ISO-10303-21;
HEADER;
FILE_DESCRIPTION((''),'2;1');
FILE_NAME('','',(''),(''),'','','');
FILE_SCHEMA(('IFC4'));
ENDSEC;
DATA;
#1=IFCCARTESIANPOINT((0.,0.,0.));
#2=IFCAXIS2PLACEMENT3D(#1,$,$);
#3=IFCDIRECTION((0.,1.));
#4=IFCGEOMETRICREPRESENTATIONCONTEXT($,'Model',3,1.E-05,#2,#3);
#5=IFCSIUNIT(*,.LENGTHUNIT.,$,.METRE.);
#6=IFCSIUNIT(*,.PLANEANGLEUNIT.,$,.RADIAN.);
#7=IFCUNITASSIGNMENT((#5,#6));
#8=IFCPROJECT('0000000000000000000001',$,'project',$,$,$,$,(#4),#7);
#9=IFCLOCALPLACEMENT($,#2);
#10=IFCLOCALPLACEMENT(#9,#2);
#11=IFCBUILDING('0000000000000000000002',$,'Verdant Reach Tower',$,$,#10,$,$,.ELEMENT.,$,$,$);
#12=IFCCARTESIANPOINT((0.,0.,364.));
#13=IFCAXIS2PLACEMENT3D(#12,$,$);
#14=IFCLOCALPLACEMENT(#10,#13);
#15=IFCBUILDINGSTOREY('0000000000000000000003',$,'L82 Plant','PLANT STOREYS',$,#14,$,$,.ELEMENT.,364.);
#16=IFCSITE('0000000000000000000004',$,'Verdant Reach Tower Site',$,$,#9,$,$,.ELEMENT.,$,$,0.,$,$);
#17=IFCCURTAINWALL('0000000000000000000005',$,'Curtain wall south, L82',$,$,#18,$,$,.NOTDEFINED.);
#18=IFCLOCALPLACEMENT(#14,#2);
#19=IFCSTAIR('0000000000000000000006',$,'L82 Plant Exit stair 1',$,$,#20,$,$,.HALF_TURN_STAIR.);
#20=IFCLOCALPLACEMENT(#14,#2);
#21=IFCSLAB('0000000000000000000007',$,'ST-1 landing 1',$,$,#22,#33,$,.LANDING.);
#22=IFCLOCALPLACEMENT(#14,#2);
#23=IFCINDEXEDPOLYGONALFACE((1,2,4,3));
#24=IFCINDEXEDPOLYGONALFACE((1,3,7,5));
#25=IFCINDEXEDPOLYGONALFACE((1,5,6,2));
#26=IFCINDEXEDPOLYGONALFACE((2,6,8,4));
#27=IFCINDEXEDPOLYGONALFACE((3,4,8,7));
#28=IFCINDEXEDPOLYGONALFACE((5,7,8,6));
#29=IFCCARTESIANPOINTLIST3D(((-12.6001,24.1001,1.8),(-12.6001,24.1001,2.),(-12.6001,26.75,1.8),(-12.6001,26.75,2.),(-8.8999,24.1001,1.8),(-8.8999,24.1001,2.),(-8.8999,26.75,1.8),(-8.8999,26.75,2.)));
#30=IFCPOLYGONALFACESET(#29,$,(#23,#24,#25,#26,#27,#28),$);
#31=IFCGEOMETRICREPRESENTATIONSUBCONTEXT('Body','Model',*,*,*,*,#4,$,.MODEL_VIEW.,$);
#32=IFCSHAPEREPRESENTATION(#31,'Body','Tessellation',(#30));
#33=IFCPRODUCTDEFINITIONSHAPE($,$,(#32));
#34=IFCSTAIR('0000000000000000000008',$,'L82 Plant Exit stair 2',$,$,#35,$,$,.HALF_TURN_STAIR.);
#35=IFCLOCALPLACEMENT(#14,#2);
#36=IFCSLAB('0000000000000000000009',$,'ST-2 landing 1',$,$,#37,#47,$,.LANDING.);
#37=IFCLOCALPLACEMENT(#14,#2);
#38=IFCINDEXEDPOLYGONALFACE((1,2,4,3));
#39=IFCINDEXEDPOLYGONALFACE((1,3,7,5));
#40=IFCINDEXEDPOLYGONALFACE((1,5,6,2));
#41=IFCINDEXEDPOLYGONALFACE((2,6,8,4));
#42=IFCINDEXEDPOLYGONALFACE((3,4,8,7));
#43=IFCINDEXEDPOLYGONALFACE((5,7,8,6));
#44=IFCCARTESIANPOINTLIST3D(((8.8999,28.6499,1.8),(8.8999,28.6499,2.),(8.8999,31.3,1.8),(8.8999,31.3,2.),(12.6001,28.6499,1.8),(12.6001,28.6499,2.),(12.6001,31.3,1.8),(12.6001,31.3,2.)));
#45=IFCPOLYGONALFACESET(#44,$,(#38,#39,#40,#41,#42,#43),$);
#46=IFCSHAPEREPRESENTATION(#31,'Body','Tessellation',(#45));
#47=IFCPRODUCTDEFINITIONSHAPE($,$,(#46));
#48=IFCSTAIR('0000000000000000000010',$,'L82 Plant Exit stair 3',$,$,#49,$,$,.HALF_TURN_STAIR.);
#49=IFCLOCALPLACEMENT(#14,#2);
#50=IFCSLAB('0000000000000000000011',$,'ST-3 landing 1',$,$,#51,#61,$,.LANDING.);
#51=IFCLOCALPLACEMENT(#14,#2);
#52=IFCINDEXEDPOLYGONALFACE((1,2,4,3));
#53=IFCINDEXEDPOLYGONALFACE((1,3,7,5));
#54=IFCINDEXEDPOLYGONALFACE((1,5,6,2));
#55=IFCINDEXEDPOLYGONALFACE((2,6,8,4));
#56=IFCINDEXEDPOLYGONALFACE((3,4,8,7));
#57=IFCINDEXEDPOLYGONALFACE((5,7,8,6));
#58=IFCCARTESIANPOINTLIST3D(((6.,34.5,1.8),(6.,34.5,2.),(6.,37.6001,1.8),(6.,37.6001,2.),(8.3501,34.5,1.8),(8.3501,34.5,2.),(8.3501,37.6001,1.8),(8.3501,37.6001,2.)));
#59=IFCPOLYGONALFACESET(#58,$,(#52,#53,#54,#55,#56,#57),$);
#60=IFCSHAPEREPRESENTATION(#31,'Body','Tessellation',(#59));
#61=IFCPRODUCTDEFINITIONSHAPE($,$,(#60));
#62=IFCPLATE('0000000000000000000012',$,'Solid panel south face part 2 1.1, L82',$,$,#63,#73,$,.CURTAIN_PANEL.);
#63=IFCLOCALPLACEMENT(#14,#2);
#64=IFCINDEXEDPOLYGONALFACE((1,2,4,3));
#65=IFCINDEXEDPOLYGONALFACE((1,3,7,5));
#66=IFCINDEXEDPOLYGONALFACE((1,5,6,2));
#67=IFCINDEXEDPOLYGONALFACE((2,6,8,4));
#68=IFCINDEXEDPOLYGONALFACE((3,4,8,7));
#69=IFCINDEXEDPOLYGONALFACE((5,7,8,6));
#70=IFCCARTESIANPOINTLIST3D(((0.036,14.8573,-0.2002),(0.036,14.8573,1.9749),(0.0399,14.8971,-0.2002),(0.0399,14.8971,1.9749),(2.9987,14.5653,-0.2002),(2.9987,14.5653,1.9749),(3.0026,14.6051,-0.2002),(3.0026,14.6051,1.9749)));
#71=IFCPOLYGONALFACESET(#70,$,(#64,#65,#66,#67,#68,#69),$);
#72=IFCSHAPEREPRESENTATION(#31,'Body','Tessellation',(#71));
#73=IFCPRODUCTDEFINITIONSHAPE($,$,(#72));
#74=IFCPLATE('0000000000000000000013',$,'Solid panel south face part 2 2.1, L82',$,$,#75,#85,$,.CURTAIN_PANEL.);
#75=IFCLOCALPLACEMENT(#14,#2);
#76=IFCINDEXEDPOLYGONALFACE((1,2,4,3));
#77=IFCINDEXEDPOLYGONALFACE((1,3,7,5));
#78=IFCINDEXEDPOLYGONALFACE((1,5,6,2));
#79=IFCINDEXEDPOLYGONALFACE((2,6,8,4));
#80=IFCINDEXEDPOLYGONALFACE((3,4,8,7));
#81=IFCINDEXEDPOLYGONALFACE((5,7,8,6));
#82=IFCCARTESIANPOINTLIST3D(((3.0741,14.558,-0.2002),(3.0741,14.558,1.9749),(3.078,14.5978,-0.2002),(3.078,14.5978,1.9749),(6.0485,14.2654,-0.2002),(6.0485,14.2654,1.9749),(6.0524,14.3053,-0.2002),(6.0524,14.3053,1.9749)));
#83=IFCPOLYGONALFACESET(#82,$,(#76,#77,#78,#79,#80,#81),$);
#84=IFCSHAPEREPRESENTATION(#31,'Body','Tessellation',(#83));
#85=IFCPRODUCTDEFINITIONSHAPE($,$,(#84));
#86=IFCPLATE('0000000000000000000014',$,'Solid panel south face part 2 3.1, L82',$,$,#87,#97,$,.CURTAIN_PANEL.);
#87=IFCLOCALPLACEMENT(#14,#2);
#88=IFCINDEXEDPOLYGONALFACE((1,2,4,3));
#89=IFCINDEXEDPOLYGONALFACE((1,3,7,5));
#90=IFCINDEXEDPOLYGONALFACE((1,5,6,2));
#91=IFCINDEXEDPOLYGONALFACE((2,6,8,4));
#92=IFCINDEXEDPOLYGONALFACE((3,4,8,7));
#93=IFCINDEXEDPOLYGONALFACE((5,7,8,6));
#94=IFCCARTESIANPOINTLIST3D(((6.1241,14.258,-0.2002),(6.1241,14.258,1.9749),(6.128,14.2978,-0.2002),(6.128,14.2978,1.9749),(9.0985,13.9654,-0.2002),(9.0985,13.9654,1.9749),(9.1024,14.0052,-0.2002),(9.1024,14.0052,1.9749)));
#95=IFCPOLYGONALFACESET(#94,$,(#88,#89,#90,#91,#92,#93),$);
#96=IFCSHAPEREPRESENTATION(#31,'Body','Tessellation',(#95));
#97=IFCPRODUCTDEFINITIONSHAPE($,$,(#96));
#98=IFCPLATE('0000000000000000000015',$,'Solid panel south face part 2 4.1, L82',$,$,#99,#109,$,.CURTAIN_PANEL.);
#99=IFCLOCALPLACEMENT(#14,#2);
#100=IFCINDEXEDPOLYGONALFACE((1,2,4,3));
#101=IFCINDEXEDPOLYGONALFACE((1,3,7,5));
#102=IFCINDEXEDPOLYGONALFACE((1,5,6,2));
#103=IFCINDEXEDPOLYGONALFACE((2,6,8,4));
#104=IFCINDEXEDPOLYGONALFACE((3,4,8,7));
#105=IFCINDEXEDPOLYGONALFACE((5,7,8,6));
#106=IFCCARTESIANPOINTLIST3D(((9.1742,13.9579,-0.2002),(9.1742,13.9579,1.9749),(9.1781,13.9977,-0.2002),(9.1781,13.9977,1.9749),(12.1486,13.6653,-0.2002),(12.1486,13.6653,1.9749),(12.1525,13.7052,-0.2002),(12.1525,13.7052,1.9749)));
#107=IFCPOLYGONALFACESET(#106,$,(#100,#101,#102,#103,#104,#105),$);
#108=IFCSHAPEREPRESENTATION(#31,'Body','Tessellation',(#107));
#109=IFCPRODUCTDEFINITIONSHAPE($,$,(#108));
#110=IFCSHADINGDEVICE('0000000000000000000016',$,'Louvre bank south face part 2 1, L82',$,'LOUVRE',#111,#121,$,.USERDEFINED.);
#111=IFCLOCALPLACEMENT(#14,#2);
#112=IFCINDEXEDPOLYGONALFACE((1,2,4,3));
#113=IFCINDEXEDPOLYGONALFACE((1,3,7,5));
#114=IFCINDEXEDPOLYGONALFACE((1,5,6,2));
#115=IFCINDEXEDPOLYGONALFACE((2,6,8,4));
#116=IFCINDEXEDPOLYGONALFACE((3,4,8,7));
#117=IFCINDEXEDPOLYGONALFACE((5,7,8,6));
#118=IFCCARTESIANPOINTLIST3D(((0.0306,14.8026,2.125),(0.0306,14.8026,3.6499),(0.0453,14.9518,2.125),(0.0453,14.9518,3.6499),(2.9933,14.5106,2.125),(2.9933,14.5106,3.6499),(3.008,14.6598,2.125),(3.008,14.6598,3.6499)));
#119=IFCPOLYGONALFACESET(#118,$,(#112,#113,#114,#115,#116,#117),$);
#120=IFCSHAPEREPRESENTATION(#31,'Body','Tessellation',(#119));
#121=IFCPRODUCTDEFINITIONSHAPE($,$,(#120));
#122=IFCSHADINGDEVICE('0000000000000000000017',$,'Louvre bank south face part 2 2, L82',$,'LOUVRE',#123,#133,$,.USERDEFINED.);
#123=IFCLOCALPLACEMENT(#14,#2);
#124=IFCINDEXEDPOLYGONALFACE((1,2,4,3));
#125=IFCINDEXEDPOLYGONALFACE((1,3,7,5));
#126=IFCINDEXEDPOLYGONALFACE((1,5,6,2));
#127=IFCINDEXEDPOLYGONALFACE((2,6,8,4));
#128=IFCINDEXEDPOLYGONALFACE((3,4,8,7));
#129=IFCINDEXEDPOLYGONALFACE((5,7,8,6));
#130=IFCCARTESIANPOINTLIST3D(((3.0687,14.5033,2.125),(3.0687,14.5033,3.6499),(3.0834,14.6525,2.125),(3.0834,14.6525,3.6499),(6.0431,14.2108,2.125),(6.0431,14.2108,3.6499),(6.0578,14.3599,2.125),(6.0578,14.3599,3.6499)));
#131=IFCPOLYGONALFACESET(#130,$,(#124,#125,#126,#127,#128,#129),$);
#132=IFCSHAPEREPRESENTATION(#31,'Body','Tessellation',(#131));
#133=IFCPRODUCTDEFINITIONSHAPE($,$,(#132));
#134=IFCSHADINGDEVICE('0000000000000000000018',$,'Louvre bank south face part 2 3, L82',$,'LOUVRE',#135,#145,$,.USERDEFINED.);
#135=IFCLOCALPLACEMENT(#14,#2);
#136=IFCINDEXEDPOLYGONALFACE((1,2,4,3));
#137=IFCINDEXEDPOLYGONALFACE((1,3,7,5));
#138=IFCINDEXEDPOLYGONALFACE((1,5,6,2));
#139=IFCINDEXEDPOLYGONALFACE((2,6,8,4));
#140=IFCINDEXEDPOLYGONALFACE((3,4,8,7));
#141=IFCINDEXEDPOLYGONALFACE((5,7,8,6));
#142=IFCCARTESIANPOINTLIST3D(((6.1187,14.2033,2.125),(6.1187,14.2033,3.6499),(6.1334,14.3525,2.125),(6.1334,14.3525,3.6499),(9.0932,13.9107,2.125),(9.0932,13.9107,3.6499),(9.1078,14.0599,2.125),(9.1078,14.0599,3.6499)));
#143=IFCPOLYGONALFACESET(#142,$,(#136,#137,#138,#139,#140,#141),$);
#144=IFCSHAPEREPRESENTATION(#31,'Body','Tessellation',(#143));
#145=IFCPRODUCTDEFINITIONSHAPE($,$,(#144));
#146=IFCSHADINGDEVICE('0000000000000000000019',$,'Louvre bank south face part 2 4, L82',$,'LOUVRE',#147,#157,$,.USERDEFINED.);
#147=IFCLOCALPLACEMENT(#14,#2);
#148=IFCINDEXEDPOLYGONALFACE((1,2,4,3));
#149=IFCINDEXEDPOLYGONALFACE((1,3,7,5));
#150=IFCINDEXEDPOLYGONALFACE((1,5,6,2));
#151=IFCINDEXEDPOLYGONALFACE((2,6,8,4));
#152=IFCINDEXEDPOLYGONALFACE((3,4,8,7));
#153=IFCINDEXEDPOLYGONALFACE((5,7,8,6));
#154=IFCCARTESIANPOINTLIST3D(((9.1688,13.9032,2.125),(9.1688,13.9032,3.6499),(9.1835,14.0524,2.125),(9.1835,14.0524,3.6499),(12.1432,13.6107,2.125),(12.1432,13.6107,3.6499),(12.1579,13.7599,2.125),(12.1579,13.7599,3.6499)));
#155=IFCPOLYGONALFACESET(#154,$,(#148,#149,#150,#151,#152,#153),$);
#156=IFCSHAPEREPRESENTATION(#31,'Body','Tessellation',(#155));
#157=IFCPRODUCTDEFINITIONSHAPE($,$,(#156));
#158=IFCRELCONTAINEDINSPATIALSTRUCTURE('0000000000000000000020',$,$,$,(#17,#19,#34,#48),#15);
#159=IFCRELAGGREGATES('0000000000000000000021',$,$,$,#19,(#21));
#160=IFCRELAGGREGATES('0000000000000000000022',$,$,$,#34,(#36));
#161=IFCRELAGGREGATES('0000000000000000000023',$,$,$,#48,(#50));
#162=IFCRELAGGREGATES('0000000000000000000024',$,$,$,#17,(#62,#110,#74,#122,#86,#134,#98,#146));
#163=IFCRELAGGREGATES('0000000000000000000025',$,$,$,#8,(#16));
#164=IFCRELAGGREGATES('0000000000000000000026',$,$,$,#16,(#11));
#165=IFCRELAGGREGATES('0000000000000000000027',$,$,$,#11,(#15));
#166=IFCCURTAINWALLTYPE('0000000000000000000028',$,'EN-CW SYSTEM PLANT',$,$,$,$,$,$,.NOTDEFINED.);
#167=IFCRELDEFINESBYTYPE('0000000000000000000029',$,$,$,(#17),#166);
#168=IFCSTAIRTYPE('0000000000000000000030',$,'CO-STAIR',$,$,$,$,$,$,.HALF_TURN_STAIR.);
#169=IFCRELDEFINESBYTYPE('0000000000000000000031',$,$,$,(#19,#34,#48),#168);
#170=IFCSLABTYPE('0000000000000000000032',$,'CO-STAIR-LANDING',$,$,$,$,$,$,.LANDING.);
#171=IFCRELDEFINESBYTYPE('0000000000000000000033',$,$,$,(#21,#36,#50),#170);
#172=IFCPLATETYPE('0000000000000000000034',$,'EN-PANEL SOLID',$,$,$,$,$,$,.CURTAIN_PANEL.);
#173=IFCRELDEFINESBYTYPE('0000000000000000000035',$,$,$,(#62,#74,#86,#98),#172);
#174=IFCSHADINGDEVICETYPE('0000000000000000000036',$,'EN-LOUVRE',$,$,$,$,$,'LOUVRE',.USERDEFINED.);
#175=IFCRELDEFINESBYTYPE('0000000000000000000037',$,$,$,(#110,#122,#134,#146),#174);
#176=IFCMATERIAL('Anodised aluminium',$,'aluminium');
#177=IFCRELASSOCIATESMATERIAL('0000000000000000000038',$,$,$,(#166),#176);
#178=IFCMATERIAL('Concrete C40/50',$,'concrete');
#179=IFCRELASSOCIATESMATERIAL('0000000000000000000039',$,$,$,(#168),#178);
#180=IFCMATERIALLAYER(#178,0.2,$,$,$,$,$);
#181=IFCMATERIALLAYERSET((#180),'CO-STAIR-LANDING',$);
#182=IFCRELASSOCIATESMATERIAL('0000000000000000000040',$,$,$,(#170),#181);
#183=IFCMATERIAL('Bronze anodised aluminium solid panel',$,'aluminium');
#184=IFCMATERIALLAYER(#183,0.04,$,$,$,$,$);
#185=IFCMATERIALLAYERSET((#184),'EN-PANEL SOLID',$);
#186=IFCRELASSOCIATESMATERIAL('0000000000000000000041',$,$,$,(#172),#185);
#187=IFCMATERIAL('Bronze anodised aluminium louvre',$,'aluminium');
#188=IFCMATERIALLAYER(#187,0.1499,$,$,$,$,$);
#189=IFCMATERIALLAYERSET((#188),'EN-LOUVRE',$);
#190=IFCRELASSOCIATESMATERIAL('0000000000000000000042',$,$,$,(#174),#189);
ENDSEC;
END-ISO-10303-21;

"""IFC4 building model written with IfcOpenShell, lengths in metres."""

from ifc_helpers import new_model, si_unit, direction, frame, origin, origin_2d, place, context, subcontext, project, spatial, polyline, rectangle, outline, extrude, material, layer, layer_set, type_object, element, aggregate, save


model = new_model("IFC4")

# Units and contexts
model_context = context("Model", 3, precision=1e-05, world=origin(), true_north=direction((0.0, 1.0)))
body_context = subcontext(model_context, "Body", "Model", "MODEL_VIEW")
ifc_project = project(units=[si_unit("LENGTHUNIT", "METRE"), si_unit("PLANEANGLEUNIT", "RADIAN")], contexts=[model_context])

# Site, building, storey
site_placement = place(None, origin())
site = spatial("IfcSite", under=ifc_project, at=site_placement, Name="Verdant Reach Tower Site", CompositionType="ELEMENT", RefElevation=0.0)
building_placement = place(site_placement, origin())
building = spatial("IfcBuilding", under=site, at=building_placement, Name="Verdant Reach Tower", CompositionType="ELEMENT")
storey_placement = place(building_placement, frame((0.0, 0.0, 364.0)))
storey = spatial("IfcBuildingStorey", under=building, at=storey_placement, Name="L82 Plant", Description="PLANT STOREYS", CompositionType="ELEMENT", Elevation=364.0)

# Curtain wall
ifc_material_1 = material(Name="Anodised aluminium", Category="aluminium")
curtain_wall_type = type_object("IfcCurtainWallType", Name="EN-CW SYSTEM PLANT", PredefinedType="NOTDEFINED", material=ifc_material_1)
curtain_wall_placement = place(storey_placement, origin())
curtain_wall = element("IfcCurtainWall", 1, at=curtain_wall_placement, inside=storey, type_object=curtain_wall_type, Name="Curtain wall south, L82", PredefinedType="NOTDEFINED")

# Stairs, slabs
ifc_material_2 = material(Name="Concrete C40/50", Category="concrete")
stair_type = type_object("IfcStairType", Name="CO-STAIR", PredefinedType="HALF_TURN_STAIR", material=ifc_material_2)
stair_1_placement = place(storey_placement, origin())
stair_1 = element("IfcStair", 2, at=stair_1_placement, inside=storey, type_object=stair_type, Name="L82 Plant Exit stair 1", PredefinedType="HALF_TURN_STAIR")
ifc_layer_1 = layer(ifc_material_2, 0.2)
ifc_layer_set_1 = layer_set([ifc_layer_1], Name="CO-STAIR-LANDING")
slab_type = type_object("IfcSlabType", Name="CO-STAIR-LANDING", PredefinedType="LANDING", material=ifc_layer_set_1)
slab_1_placement = place(storey_placement, frame((0.0, 0.0, 1.8)))
slab_1 = element("IfcSlab", 3, at=slab_1_placement, type_object=slab_type, Name="ST-1 landing 1", PredefinedType="LANDING", context=body_context, shape_type="SweptSolid", body=[
    extrude(outline(polyline([(-12.6001, 26.75), (-12.6001, 24.1001), (-8.8999, 24.1001), (-8.8999, 26.75), (-12.6001, 26.75)])), origin(), (0.0, 0.0, 1.0), 0.2),
])
aggregate(stair_1, [slab_1])
stair_2_placement = place(storey_placement, origin())
stair_2 = element("IfcStair", 4, at=stair_2_placement, inside=storey, type_object=stair_type, Name="L82 Plant Exit stair 2", PredefinedType="HALF_TURN_STAIR")
slab_2_placement = place(storey_placement, frame((0.0, 0.0, 1.8)))
slab_2 = element("IfcSlab", 5, at=slab_2_placement, type_object=slab_type, Name="ST-2 landing 1", PredefinedType="LANDING", context=body_context, shape_type="SweptSolid", body=[
    extrude(outline(polyline([(12.6001, 28.6499), (12.6001, 31.3), (8.8999, 31.3), (8.8999, 28.6499), (12.6001, 28.6499)])), origin(), (0.0, 0.0, 1.0), 0.2),
])
aggregate(stair_2, [slab_2])
stair_3_placement = place(storey_placement, origin())
stair_3 = element("IfcStair", 6, at=stair_3_placement, inside=storey, type_object=stair_type, Name="L82 Plant Exit stair 3", PredefinedType="HALF_TURN_STAIR")
slab_3_placement = place(storey_placement, frame((0.0, 0.0, 1.8)))
slab_3 = element("IfcSlab", 7, at=slab_3_placement, type_object=slab_type, Name="ST-3 landing 1", PredefinedType="LANDING", context=body_context, shape_type="SweptSolid", body=[
    extrude(outline(polyline([(8.3501, 37.6001), (6.0, 37.6001), (6.0, 34.5), (8.3501, 34.5), (8.3501, 37.6001)])), origin(), (0.0, 0.0, 1.0), 0.2),
])
aggregate(stair_3, [slab_3])

# Plates
ifc_material_3 = material(Name="Bronze anodised aluminium solid panel", Category="aluminium")
ifc_layer_2 = layer(ifc_material_3, 0.04)
ifc_layer_set_2 = layer_set([ifc_layer_2], Name="EN-PANEL SOLID")
plate_type = type_object("IfcPlateType", Name="EN-PANEL SOLID", PredefinedType="CURTAIN_PANEL", material=ifc_layer_set_2)
plate_1_placement = place(storey_placement, frame((1.5193, 14.7312, -0.2002), z_axis=(0.0, 0.0, 1.0), x_axis=(0.995179, -0.098075, 0.0)))
plate_1 = element("IfcPlate", 8, at=plate_1_placement, type_object=plate_type, Name="Solid panel south face part 2 1.1, L82", PredefinedType="CURTAIN_PANEL", context=body_context, shape_type="SweptSolid", body=[
    extrude(rectangle(XDim=2.9771, YDim=0.04, at=origin_2d()), origin(), (0.0, 0.0, 1.0), 2.175),
])
plate_2_placement = place(storey_placement, frame((4.5632, 14.4316, -0.2002), z_axis=(0.0, 0.0, 1.0), x_axis=(0.995197, -0.097888, 0.0)))
plate_2 = element("IfcPlate", 9, at=plate_2_placement, type_object=plate_type, Name="Solid panel south face part 2 2.1, L82", PredefinedType="CURTAIN_PANEL", context=body_context, shape_type="SweptSolid", body=[
    extrude(rectangle(XDim=2.9888, YDim=0.04, at=origin_2d()), origin(), (0.0, 0.0, 1.0), 2.175),
])
plate_3_placement = place(storey_placement, frame((7.6133, 14.1316, -0.2002), z_axis=(0.0, 0.0, 1.0), x_axis=(0.995197, -0.097888, 0.0)))
plate_3 = element("IfcPlate", 10, at=plate_3_placement, type_object=plate_type, Name="Solid panel south face part 2 3.1, L82", PredefinedType="CURTAIN_PANEL", context=body_context, shape_type="SweptSolid", body=[
    extrude(rectangle(XDim=2.9888, YDim=0.04, at=origin_2d()), origin(), (0.0, 0.0, 1.0), 2.175),
])
plate_4_placement = place(storey_placement, frame((10.6633, 13.8315, -0.2002), z_axis=(0.0, 0.0, 1.0), x_axis=(0.995197, -0.097888, 0.0)))
plate_4 = element("IfcPlate", 11, at=plate_4_placement, type_object=plate_type, Name="Solid panel south face part 2 4.1, L82", PredefinedType="CURTAIN_PANEL", context=body_context, shape_type="SweptSolid", body=[
    extrude(rectangle(XDim=2.9888, YDim=0.04, at=origin_2d()), origin(), (0.0, 0.0, 1.0), 2.175),
])

# Shading devices
ifc_material_4 = material(Name="Bronze anodised aluminium louvre", Category="aluminium")
ifc_layer_3 = layer(ifc_material_4, 0.1499)
ifc_layer_set_3 = layer_set([ifc_layer_3], Name="EN-LOUVRE")
shading_device_type = type_object("IfcShadingDeviceType", Name="EN-LOUVRE", ElementType="LOUVRE", PredefinedType="USERDEFINED", material=ifc_layer_set_3)
shading_device_1_placement = place(storey_placement, frame((1.5193, 14.7312, 2.125), z_axis=(0.0, 0.0, 1.0), x_axis=(0.995179, -0.098075, 0.0)))
shading_device_1 = element("IfcShadingDevice", 12, at=shading_device_1_placement, type_object=shading_device_type, Name="Louvre bank south face part 2 1, L82", ObjectType="LOUVRE", PredefinedType="USERDEFINED", context=body_context, shape_type="SweptSolid", body=[
    extrude(rectangle(XDim=2.9771, YDim=0.1499, at=origin_2d()), origin(), (0.0, 0.0, 1.0), 1.5249),
])
shading_device_2_placement = place(storey_placement, frame((4.5632, 14.4316, 2.125), z_axis=(0.0, 0.0, 1.0), x_axis=(0.995197, -0.097888, 0.0)))
shading_device_2 = element("IfcShadingDevice", 13, at=shading_device_2_placement, type_object=shading_device_type, Name="Louvre bank south face part 2 2, L82", ObjectType="LOUVRE", PredefinedType="USERDEFINED", context=body_context, shape_type="SweptSolid", body=[
    extrude(rectangle(XDim=2.9888, YDim=0.1499, at=origin_2d()), origin(), (0.0, 0.0, 1.0), 1.5249),
])
shading_device_3_placement = place(storey_placement, frame((7.6133, 14.1316, 2.125), z_axis=(0.0, 0.0, 1.0), x_axis=(0.995197, -0.097888, 0.0)))
shading_device_3 = element("IfcShadingDevice", 14, at=shading_device_3_placement, type_object=shading_device_type, Name="Louvre bank south face part 2 3, L82", ObjectType="LOUVRE", PredefinedType="USERDEFINED", context=body_context, shape_type="SweptSolid", body=[
    extrude(rectangle(XDim=2.9888, YDim=0.1499, at=origin_2d()), origin(), (0.0, 0.0, 1.0), 1.5249),
])
shading_device_4_placement = place(storey_placement, frame((10.6633, 13.8315, 2.125), z_axis=(0.0, 0.0, 1.0), x_axis=(0.995197, -0.097888, 0.0)))
shading_device_4 = element("IfcShadingDevice", 15, at=shading_device_4_placement, type_object=shading_device_type, Name="Louvre bank south face part 2 4, L82", ObjectType="LOUVRE", PredefinedType="USERDEFINED", context=body_context, shape_type="SweptSolid", body=[
    extrude(rectangle(XDim=2.9888, YDim=0.1499, at=origin_2d()), origin(), (0.0, 0.0, 1.0), 1.5249),
])
aggregate(curtain_wall, [plate_1, shading_device_1, plate_2, shading_device_2, plate_3, shading_device_3, plate_4, shading_device_4])

save(model, "model.ifc")
